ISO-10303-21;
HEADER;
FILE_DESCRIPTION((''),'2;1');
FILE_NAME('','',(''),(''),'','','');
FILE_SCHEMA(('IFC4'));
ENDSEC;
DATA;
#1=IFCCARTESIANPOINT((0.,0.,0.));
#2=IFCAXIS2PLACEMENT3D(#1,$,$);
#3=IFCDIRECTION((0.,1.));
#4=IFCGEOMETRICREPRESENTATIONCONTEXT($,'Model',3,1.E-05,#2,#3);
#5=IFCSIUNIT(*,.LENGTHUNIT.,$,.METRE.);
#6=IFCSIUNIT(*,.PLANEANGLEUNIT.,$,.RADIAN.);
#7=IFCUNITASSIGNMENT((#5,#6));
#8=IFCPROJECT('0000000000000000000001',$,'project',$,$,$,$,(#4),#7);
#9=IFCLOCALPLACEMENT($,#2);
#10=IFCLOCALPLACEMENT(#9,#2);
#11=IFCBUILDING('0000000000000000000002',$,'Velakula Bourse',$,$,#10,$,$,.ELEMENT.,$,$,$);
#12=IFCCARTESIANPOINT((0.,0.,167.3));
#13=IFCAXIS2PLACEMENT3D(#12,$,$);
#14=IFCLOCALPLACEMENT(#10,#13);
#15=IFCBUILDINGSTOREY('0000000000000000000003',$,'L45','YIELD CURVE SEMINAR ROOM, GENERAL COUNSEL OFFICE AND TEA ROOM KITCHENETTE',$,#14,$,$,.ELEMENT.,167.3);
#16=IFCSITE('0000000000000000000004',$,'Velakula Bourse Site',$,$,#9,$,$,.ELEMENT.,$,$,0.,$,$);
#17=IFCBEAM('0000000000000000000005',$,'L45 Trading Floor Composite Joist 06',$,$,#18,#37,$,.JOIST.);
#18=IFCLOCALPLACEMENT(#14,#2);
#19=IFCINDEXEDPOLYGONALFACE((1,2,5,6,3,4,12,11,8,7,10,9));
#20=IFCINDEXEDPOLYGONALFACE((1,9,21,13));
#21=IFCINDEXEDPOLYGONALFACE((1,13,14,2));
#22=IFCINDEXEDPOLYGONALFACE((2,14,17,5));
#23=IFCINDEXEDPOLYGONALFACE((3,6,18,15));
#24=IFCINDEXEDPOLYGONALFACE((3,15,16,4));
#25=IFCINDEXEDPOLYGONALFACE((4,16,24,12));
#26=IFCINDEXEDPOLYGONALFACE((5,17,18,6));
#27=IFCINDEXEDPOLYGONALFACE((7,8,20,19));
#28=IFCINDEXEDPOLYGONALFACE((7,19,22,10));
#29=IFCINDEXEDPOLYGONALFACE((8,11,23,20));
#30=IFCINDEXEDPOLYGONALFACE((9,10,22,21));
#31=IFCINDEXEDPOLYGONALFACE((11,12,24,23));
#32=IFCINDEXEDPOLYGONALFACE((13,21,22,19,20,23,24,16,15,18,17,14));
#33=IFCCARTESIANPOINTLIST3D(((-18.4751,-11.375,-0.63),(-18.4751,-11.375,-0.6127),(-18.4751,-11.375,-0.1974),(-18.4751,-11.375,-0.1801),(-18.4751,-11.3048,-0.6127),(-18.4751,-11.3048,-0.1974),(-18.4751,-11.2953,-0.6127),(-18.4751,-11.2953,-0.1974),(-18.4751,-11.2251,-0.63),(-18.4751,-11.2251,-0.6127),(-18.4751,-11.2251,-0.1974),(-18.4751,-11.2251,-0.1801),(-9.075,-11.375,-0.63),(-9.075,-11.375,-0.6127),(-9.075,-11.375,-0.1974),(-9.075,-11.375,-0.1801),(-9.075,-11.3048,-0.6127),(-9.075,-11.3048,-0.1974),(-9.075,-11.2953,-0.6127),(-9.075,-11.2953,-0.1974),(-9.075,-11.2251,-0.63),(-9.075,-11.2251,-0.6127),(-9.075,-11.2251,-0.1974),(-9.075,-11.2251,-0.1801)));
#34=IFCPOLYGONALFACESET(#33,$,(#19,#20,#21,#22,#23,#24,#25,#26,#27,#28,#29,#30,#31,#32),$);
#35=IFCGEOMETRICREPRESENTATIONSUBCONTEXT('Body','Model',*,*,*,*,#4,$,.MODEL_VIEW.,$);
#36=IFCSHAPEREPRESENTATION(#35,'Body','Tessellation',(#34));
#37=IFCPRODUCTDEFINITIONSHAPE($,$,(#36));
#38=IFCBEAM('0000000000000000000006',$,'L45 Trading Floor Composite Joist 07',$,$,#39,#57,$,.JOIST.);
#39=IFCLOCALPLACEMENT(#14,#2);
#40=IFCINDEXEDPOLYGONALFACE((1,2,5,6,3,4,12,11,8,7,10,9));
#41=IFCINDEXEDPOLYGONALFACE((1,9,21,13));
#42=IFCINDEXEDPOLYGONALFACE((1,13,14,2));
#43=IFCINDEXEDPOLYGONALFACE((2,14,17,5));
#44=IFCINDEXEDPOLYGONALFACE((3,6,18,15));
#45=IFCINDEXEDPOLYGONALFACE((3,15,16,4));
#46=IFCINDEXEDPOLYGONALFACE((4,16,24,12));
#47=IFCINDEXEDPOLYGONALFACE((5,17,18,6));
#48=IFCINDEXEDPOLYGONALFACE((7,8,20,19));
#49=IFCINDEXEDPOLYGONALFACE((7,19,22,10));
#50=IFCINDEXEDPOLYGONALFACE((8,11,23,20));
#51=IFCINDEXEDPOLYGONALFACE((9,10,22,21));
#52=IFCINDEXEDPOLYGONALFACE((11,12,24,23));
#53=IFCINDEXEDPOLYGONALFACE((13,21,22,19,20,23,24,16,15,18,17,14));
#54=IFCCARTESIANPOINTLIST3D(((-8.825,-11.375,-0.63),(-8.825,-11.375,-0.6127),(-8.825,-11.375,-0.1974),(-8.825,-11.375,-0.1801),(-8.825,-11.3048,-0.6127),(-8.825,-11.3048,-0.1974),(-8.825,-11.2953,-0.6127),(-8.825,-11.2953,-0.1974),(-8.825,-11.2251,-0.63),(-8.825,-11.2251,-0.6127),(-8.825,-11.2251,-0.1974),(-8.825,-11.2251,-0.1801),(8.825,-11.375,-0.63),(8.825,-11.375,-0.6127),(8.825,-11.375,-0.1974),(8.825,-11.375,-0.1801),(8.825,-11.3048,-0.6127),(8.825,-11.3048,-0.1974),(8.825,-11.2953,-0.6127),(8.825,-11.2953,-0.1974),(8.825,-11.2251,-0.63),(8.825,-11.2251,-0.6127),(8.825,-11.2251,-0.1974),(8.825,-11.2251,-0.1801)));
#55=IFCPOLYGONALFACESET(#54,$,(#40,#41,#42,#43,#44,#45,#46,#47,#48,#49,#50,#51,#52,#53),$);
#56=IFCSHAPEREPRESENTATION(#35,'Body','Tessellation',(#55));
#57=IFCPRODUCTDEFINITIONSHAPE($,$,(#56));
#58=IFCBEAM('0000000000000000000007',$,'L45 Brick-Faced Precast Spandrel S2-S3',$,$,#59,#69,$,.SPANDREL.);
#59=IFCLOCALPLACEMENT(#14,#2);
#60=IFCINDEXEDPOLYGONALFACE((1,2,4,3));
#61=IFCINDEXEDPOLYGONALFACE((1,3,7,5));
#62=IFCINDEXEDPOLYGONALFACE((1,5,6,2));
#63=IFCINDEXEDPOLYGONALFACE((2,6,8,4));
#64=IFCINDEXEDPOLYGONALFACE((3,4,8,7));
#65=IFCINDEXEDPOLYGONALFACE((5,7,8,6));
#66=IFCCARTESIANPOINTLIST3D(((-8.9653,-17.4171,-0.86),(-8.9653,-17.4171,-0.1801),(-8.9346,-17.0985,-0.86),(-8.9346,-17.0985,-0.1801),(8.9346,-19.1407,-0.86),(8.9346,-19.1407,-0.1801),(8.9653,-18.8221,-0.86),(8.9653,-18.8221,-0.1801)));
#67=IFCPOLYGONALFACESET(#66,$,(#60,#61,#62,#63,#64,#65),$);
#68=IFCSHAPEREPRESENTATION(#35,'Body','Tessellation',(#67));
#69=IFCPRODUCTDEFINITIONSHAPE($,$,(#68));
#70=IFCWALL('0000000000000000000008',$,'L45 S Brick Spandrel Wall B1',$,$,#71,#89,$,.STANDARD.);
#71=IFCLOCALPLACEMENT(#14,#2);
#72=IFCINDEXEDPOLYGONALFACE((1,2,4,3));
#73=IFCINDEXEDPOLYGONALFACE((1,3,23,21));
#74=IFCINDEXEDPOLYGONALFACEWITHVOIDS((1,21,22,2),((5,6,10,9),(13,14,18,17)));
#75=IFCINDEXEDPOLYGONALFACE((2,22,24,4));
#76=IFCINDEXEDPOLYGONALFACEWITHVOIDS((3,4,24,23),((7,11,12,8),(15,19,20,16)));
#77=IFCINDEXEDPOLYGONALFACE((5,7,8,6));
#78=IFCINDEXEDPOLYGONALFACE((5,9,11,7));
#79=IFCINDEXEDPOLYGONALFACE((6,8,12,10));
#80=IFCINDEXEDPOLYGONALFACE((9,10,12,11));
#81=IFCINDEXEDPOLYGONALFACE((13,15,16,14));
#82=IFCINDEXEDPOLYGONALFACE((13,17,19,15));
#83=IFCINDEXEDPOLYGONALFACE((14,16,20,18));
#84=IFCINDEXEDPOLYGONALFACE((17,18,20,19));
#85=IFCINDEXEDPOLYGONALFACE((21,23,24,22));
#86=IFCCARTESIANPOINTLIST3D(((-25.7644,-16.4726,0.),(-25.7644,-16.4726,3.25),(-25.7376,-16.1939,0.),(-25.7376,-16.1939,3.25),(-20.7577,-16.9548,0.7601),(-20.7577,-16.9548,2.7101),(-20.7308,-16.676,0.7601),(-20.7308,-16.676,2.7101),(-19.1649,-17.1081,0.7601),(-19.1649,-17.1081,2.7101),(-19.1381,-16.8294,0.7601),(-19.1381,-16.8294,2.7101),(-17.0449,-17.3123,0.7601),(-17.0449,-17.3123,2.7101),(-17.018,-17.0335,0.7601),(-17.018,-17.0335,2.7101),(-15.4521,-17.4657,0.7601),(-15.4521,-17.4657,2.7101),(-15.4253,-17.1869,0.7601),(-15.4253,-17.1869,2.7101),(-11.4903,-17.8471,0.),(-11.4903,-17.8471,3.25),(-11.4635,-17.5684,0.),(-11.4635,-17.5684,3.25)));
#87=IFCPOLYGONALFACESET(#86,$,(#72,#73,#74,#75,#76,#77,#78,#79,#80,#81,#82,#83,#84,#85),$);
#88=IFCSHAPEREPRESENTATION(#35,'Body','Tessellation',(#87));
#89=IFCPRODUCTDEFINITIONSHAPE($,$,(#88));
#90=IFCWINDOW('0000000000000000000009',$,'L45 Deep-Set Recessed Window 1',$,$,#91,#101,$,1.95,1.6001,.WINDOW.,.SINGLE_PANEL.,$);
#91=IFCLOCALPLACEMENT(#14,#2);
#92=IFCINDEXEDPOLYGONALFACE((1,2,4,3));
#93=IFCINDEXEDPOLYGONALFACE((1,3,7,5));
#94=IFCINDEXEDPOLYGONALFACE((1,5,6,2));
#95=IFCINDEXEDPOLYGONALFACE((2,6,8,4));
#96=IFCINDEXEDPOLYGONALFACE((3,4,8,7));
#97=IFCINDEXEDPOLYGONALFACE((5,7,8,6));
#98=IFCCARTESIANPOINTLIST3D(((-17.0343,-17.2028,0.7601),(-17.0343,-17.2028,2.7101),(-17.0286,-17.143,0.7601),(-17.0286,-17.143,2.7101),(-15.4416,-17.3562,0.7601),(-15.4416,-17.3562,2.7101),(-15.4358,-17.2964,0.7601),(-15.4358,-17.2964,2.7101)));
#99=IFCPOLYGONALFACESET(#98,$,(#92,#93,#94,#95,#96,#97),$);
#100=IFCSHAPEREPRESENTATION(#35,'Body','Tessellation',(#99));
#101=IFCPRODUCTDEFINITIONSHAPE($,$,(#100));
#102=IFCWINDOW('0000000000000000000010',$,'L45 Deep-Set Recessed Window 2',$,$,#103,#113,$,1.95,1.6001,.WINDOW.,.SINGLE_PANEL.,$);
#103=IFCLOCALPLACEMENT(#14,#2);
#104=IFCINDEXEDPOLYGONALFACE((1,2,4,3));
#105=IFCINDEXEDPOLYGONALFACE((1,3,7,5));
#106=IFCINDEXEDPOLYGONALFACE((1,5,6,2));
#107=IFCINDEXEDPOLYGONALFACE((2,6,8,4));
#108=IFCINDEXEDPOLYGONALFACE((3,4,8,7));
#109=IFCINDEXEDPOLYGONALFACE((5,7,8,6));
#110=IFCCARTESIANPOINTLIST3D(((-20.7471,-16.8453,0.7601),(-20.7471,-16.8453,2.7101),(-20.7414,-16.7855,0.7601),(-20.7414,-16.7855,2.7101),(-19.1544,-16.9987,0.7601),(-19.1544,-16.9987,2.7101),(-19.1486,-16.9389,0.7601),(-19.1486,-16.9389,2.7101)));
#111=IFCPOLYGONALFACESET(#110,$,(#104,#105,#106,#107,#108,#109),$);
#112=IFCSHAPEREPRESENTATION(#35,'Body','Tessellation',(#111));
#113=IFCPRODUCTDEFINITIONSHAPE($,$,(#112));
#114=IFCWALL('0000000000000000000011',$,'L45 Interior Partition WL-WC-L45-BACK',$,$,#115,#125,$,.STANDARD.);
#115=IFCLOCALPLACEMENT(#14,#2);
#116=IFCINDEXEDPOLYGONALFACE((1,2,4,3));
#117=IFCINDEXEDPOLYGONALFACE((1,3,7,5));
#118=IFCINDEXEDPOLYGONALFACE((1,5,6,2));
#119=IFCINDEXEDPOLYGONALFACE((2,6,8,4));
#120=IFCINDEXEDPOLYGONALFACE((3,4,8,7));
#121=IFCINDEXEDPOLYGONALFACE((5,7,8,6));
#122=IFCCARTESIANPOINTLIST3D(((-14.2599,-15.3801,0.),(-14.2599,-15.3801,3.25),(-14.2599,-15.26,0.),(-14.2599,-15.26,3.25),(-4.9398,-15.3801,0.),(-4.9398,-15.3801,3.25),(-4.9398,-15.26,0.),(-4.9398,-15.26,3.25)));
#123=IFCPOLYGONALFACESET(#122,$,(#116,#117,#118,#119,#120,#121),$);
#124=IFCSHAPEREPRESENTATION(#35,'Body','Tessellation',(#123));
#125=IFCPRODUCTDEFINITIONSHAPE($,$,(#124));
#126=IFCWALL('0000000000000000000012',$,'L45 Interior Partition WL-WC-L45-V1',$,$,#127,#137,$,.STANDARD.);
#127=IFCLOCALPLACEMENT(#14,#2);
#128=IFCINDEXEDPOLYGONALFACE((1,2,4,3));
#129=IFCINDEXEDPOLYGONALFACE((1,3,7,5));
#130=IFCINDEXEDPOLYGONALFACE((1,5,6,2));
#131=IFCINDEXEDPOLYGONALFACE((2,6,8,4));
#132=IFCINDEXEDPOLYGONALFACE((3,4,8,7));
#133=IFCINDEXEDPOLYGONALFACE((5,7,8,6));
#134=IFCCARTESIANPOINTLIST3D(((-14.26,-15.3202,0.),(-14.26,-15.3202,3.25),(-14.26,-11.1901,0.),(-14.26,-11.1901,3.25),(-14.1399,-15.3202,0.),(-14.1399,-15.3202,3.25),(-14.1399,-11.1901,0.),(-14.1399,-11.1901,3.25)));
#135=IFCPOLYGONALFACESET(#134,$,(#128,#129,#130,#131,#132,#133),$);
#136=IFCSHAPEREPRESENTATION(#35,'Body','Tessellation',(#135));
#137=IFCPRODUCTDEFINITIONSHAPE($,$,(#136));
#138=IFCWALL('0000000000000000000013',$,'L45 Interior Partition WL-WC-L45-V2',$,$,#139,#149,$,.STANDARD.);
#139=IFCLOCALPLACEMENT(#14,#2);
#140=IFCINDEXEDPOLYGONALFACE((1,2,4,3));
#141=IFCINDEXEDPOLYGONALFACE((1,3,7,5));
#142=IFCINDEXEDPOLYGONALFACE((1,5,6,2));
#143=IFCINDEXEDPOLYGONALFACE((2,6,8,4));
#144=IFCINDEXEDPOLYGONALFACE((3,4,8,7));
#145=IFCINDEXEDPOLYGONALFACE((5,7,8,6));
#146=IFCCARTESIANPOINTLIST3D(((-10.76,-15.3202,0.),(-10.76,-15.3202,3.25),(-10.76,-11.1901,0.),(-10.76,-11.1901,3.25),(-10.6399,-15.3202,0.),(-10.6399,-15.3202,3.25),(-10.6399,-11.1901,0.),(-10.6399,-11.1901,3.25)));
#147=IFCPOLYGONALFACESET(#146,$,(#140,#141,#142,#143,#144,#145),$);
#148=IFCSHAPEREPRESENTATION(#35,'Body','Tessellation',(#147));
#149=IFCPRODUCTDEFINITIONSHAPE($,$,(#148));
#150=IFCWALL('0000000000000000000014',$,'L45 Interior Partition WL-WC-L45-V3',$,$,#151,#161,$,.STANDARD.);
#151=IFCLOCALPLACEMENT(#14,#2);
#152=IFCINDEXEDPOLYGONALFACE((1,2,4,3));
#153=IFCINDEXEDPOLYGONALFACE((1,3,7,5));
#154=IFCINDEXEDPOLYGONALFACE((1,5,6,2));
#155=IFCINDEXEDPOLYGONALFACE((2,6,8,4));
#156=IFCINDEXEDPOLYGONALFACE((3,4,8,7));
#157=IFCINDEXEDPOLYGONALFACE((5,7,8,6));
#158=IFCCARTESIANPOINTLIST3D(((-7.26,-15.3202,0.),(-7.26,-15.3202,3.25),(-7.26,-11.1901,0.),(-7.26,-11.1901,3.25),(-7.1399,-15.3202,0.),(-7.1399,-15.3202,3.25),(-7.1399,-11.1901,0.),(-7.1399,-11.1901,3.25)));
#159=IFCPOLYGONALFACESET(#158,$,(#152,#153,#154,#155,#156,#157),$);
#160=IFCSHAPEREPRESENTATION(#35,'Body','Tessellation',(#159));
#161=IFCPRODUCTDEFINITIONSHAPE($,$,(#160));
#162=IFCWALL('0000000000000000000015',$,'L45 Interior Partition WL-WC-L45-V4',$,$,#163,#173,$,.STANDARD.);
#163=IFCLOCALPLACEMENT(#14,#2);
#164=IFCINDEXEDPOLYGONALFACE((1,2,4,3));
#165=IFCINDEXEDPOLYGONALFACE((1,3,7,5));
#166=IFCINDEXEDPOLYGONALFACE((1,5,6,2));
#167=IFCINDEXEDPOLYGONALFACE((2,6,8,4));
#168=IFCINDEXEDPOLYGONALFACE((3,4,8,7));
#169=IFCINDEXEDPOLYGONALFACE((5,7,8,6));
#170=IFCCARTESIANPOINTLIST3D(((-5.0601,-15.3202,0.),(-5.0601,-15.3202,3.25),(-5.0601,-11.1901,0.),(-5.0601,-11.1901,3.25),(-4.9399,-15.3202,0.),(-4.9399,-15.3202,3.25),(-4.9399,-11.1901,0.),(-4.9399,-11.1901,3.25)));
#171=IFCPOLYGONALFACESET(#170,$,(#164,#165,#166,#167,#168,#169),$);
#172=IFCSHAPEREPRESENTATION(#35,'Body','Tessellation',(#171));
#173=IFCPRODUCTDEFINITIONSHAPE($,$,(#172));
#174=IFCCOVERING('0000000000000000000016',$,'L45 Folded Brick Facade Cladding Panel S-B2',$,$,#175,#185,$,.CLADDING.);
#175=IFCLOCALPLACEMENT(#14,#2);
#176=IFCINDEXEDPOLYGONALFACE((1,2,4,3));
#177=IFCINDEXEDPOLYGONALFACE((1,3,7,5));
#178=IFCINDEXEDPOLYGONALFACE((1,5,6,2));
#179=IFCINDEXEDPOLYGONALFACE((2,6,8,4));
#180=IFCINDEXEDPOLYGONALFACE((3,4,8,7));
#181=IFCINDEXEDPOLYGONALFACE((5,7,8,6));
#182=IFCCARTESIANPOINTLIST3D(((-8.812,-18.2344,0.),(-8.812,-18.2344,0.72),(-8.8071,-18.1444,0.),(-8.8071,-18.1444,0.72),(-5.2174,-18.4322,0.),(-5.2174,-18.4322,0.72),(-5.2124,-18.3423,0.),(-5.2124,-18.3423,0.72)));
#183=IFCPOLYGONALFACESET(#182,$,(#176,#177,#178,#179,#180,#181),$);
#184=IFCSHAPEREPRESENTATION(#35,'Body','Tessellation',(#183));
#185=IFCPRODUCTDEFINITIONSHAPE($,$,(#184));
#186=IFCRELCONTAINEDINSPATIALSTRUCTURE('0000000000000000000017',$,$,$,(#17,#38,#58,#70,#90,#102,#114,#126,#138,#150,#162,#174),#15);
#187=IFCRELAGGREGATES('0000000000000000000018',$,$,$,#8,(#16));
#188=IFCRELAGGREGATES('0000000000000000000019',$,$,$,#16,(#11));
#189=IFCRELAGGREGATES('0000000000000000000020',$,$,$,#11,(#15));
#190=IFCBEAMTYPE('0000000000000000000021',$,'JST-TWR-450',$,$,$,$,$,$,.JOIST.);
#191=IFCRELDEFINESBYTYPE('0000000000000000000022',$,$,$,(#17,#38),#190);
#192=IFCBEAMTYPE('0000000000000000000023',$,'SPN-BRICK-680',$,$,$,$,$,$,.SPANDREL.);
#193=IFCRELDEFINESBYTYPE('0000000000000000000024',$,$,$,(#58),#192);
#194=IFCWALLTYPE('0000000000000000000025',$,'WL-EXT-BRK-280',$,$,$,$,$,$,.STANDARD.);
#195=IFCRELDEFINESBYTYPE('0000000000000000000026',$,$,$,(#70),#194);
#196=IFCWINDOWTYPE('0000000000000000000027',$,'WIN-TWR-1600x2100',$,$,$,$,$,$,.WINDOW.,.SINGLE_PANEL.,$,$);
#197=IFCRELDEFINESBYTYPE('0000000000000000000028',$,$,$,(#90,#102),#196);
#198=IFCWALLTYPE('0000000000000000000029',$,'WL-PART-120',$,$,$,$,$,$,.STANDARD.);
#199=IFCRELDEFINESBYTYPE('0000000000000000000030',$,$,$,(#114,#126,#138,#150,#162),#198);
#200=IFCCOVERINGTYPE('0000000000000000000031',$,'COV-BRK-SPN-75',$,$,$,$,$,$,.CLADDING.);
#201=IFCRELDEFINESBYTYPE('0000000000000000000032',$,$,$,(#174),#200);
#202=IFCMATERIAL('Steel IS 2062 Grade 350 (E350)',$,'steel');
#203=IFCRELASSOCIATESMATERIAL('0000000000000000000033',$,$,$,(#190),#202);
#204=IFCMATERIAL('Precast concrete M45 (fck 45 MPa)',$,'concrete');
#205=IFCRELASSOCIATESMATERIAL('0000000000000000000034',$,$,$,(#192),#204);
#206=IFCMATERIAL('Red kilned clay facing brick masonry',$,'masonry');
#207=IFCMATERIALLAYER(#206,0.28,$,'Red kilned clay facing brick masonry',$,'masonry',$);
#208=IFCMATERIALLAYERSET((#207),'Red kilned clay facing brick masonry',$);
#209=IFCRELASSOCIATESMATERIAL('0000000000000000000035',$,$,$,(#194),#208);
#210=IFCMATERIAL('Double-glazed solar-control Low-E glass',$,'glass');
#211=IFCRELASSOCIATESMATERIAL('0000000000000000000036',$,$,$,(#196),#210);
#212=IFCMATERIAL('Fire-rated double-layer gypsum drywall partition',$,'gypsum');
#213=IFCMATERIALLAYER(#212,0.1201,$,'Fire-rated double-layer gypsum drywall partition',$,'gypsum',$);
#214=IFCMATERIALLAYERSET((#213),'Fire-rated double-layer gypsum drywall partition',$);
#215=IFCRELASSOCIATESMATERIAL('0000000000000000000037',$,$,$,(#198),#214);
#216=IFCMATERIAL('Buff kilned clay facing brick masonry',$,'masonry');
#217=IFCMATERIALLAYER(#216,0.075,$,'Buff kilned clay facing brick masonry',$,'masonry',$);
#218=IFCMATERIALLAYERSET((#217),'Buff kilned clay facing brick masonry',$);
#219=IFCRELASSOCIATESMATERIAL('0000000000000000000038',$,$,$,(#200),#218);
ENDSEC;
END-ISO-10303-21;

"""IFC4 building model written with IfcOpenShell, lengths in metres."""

from ifc_helpers import new_model, si_unit, direction, frame, frame_2d, origin, origin_2d, place, context, subcontext, project, spatial, rectangle, i_section, extrude, material, layer, layer_set, material_profile, profile_set, type_object, element, fill, save


model = new_model("IFC4")

# Units and contexts
model_context = context("Model", 3, precision=1e-05, world=origin(), true_north=direction((0.0, 1.0)))
body_context = subcontext(model_context, "Body", "Model", "MODEL_VIEW")
ifc_project = project(units=[si_unit("LENGTHUNIT", "METRE"), si_unit("PLANEANGLEUNIT", "RADIAN")], contexts=[model_context])

# Site, building, storey
site_placement = place(None, origin())
site = spatial("IfcSite", under=ifc_project, at=site_placement, Name="Velakula Bourse Site", CompositionType="ELEMENT", RefElevation=0.0)
building_placement = place(site_placement, origin())
building = spatial("IfcBuilding", under=site, at=building_placement, Name="Velakula Bourse", CompositionType="ELEMENT")
storey_placement = place(building_placement, frame((0.0, 0.0, 167.3)))
storey = spatial("IfcBuildingStorey", under=building, at=storey_placement, Name="L45", Description="YIELD CURVE SEMINAR ROOM, GENERAL COUNSEL OFFICE AND TEA ROOM KITCHENETTE", CompositionType="ELEMENT", Elevation=167.3)

# Shared definitions
ifc_material_1 = material(Name="Steel IS 2062 Grade 350 (E350)", Category="steel")

# Beams
ifc_material_profile_1 = material_profile(ifc_material_1, i_section(OverallWidth=0.1499, OverallDepth=0.45, WebThickness=0.0095, FlangeThickness=0.0173, at=origin_2d()), Name="Steel IS 2062 Grade 350 (E350)")
ifc_profile_set_1 = profile_set([ifc_material_profile_1], Name="Steel IS 2062 Grade 350 (E350)")
beam_type_1 = type_object("IfcBeamType", Name="JST-TWR-450", PredefinedType="JOIST", material=ifc_profile_set_1)
beam_1_placement = place(storey_placement, frame((-18.4751, -11.3, -0.405), z_axis=(1.0, 0.0, 0.0), x_axis=(0.0, 1.0, 0.0)))
element("IfcBeam", 1, at=beam_1_placement, inside=storey, type_object=beam_type_1, Name="L45 Trading Floor Composite Joist 06", PredefinedType="JOIST", context=body_context, shape_type="SweptSolid", body=[
    extrude(i_section(OverallWidth=0.1499, OverallDepth=0.45, WebThickness=0.0095, FlangeThickness=0.0173, at=origin_2d()), origin(), (0.0, 0.0, 1.0), 9.4001),
])
beam_2_placement = place(storey_placement, frame((-8.825, -11.3, -0.405), z_axis=(1.0, 0.0, 0.0), x_axis=(0.0, 1.0, 0.0)))
element("IfcBeam", 2, at=beam_2_placement, inside=storey, type_object=beam_type_1, Name="L45 Trading Floor Composite Joist 07", PredefinedType="JOIST", context=body_context, shape_type="SweptSolid", body=[
    extrude(i_section(OverallWidth=0.1499, OverallDepth=0.45, WebThickness=0.0095, FlangeThickness=0.0173, at=origin_2d()), origin(), (0.0, 0.0, 1.0), 17.6499),
])
ifc_material_2 = material(Name="Precast concrete M45 (fck 45 MPa)", Category="concrete")
ifc_material_profile_2 = material_profile(ifc_material_2, rectangle(XDim=0.3201, YDim=0.6799, at=origin_2d()), Name="Precast concrete M45 (fck 45 MPa)")
ifc_profile_set_2 = profile_set([ifc_material_profile_2], Name="Precast concrete M45 (fck 45 MPa)")
beam_type_2 = type_object("IfcBeamType", Name="SPN-BRICK-680", PredefinedType="SPANDREL", material=ifc_profile_set_2)
beam_3_placement = place(storey_placement, frame((-8.95, -17.2578, -0.52), z_axis=(0.995396, -0.09585, 0.0), x_axis=(0.09585, 0.995396, 0.0)))
element("IfcBeam", 3, at=beam_3_placement, inside=storey, type_object=beam_type_2, Name="L45 Brick-Faced Precast Spandrel S2-S3", PredefinedType="SPANDREL", context=body_context, shape_type="SweptSolid", body=[
    extrude(rectangle(XDim=0.3201, YDim=0.6799, at=origin_2d()), origin(), (0.0, 0.0, 1.0), 17.9827),
])

# Wall, openings, windows
ifc_material_3 = material(Name="Red kilned clay facing brick masonry", Category="masonry")
ifc_layer_1 = layer(ifc_material_3, 0.28, Name="Red kilned clay facing brick masonry", Category="masonry")
ifc_layer_set_1 = layer_set([ifc_layer_1], Name="Red kilned clay facing brick masonry")
wall_type_1 = type_object("IfcWallType", Name="WL-EXT-BRK-280", PredefinedType="STANDARD", material=ifc_layer_set_1)
wall_1_placement = place(storey_placement, frame((-11.4771, -17.7078, 0.0), z_axis=(0.0, 0.0, 1.0), x_axis=(-0.995396, 0.09585, 0.0)))
wall_1 = element("IfcWall", 4, at=wall_1_placement, inside=storey, type_object=wall_type_1, Name="L45 S Brick Spandrel Wall B1", PredefinedType="STANDARD", context=body_context, shape_type="SweptSolid", body=[
    extrude(rectangle(XDim=14.3401, YDim=0.28, at=frame_2d((7.1699, 0.0))), origin(), (0.0, 0.0, 1.0), 3.25),
])
opening_1_placement = place(wall_1_placement, frame((3.98, 0.0, 0.76)))
opening_1 = element("IfcOpeningElement", 5, at=opening_1_placement, cuts=wall_1, PredefinedType="OPENING", context=body_context, shape_type="SweptSolid", body=[
    extrude(rectangle(XDim=1.6001, YDim=1.95, at=frame_2d((0.8, 0.9751))), frame((0.0, 0.1499, 0.0), z_axis=(0.0, -1.0, 0.0), x_axis=(1.0, 0.0, 0.0)), (0.0, 0.0, 1.0), 0.3),
])
opening_2_placement = place(wall_1_placement, frame((7.71, 0.0, 0.76)))
opening_2 = element("IfcOpeningElement", 6, at=opening_2_placement, cuts=wall_1, PredefinedType="OPENING", context=body_context, shape_type="SweptSolid", body=[
    extrude(rectangle(XDim=1.6001, YDim=1.95, at=frame_2d((0.8, 0.9751))), frame((0.0, 0.1499, 0.0), z_axis=(0.0, -1.0, 0.0), x_axis=(1.0, 0.0, 0.0)), (0.0, 0.0, 1.0), 0.3),
])
ifc_material_4 = material(Name="Double-glazed solar-control Low-E glass", Category="glass")
window_type = type_object("IfcWindowType", Name="WIN-TWR-1600x2100", PartitioningType="SINGLE_PANEL", PredefinedType="WINDOW", material=ifc_material_4)
window_1_placement = place(opening_1_placement, origin())
window_1 = element("IfcWindow", 7, at=window_1_placement, inside=storey, type_object=window_type, Name="L45 Deep-Set Recessed Window 1", OverallHeight=1.95, OverallWidth=1.6001, PartitioningType="SINGLE_PANEL", PredefinedType="WINDOW", context=body_context, shape_type="SweptSolid", body=[
    extrude(rectangle(XDim=1.6001, YDim=1.95, at=frame_2d((0.8, 0.9751))), frame((0.0, 0.03, 0.0), z_axis=(0.0, -1.0, 0.0), x_axis=(1.0, 0.0, 0.0)), (0.0, 0.0, 1.0), 0.0601),
])
fill(opening_1, window_1)
window_2_placement = place(opening_2_placement, origin())
window_2 = element("IfcWindow", 8, at=window_2_placement, inside=storey, type_object=window_type, Name="L45 Deep-Set Recessed Window 2", OverallHeight=1.95, OverallWidth=1.6001, PartitioningType="SINGLE_PANEL", PredefinedType="WINDOW", context=body_context, shape_type="SweptSolid", body=[
    extrude(rectangle(XDim=1.6001, YDim=1.95, at=frame_2d((0.8, 0.9751))), frame((0.0, 0.03, 0.0), z_axis=(0.0, -1.0, 0.0), x_axis=(1.0, 0.0, 0.0)), (0.0, 0.0, 1.0), 0.0601),
])
fill(opening_2, window_2)

# Walls
ifc_material_5 = material(Name="Fire-rated double-layer gypsum drywall partition", Category="gypsum")
ifc_layer_2 = layer(ifc_material_5, 0.1201, Name="Fire-rated double-layer gypsum drywall partition", Category="gypsum")
ifc_layer_set_2 = layer_set([ifc_layer_2], Name="Fire-rated double-layer gypsum drywall partition")
wall_type_2 = type_object("IfcWallType", Name="WL-PART-120", PredefinedType="STANDARD", material=ifc_layer_set_2)
wall_2_placement = place(storey_placement, frame((-14.26, -15.3201, 0.0), z_axis=(0.0, 0.0, 1.0), x_axis=(1.0, 0.0, 0.0)))
element("IfcWall", 9, at=wall_2_placement, inside=storey, type_object=wall_type_2, Name="L45 Interior Partition WL-WC-L45-BACK", PredefinedType="STANDARD", context=body_context, shape_type="SweptSolid", body=[
    extrude(rectangle(XDim=9.3201, YDim=0.1201, at=frame_2d((4.6602, 0.0))), origin(), (0.0, 0.0, 1.0), 3.25),
])
for number, where, z_axis, x_axis, name in (
    (10, (-14.2, -15.3201, 0.0), (0.0, 0.0, 1.0), (0.0, 1.0, 0.0), "L45 Interior Partition WL-WC-L45-V1"),
    (11, (-10.7, -15.3201, 0.0), (0.0, 0.0, 1.0), (0.0, 1.0, 0.0), "L45 Interior Partition WL-WC-L45-V2"),
    (12, (-7.2, -15.3201, 0.0), (0.0, 0.0, 1.0), (0.0, 1.0, 0.0), "L45 Interior Partition WL-WC-L45-V3"),
    (13, (-5.0, -15.3201, 0.0), (0.0, 0.0, 1.0), (0.0, 1.0, 0.0), "L45 Interior Partition WL-WC-L45-V4"),
):
    element("IfcWall", number, at=place(storey_placement, frame(where, z_axis=z_axis, x_axis=x_axis)), inside=storey, type_object=wall_type_2, Name=name, PredefinedType="STANDARD", context=body_context, shape_type="SweptSolid", body=[
        extrude(rectangle(XDim=4.1301, YDim=0.1201, at=frame_2d((2.0649, 0.0))), origin(), (0.0, 0.0, 1.0), 3.25),
    ])

# Covering
ifc_material_6 = material(Name="Buff kilned clay facing brick masonry", Category="masonry")
ifc_layer_3 = layer(ifc_material_6, 0.075, Name="Buff kilned clay facing brick masonry", Category="masonry")
ifc_layer_set_3 = layer_set([ifc_layer_3], Name="Buff kilned clay facing brick masonry")
covering_type = type_object("IfcCoveringType", Name="COV-BRK-SPN-75", PredefinedType="CLADDING", material=ifc_layer_set_3)
covering_placement = place(storey_placement, frame((-7.0122, -18.2883, 0.0), z_axis=(0.0, 0.0, 1.0), x_axis=(0.998489, -0.05495, 0.0)))
element("IfcCovering", 14, at=covering_placement, inside=storey, type_object=covering_type, Name="L45 Folded Brick Facade Cladding Panel S-B2", PredefinedType="CLADDING", context=body_context, shape_type="SweptSolid", body=[
    extrude(rectangle(XDim=3.6001, YDim=0.0901, at=origin_2d()), origin(), (0.0, 0.0, 1.0), 0.72),
])

save(model, "model.ifc")
